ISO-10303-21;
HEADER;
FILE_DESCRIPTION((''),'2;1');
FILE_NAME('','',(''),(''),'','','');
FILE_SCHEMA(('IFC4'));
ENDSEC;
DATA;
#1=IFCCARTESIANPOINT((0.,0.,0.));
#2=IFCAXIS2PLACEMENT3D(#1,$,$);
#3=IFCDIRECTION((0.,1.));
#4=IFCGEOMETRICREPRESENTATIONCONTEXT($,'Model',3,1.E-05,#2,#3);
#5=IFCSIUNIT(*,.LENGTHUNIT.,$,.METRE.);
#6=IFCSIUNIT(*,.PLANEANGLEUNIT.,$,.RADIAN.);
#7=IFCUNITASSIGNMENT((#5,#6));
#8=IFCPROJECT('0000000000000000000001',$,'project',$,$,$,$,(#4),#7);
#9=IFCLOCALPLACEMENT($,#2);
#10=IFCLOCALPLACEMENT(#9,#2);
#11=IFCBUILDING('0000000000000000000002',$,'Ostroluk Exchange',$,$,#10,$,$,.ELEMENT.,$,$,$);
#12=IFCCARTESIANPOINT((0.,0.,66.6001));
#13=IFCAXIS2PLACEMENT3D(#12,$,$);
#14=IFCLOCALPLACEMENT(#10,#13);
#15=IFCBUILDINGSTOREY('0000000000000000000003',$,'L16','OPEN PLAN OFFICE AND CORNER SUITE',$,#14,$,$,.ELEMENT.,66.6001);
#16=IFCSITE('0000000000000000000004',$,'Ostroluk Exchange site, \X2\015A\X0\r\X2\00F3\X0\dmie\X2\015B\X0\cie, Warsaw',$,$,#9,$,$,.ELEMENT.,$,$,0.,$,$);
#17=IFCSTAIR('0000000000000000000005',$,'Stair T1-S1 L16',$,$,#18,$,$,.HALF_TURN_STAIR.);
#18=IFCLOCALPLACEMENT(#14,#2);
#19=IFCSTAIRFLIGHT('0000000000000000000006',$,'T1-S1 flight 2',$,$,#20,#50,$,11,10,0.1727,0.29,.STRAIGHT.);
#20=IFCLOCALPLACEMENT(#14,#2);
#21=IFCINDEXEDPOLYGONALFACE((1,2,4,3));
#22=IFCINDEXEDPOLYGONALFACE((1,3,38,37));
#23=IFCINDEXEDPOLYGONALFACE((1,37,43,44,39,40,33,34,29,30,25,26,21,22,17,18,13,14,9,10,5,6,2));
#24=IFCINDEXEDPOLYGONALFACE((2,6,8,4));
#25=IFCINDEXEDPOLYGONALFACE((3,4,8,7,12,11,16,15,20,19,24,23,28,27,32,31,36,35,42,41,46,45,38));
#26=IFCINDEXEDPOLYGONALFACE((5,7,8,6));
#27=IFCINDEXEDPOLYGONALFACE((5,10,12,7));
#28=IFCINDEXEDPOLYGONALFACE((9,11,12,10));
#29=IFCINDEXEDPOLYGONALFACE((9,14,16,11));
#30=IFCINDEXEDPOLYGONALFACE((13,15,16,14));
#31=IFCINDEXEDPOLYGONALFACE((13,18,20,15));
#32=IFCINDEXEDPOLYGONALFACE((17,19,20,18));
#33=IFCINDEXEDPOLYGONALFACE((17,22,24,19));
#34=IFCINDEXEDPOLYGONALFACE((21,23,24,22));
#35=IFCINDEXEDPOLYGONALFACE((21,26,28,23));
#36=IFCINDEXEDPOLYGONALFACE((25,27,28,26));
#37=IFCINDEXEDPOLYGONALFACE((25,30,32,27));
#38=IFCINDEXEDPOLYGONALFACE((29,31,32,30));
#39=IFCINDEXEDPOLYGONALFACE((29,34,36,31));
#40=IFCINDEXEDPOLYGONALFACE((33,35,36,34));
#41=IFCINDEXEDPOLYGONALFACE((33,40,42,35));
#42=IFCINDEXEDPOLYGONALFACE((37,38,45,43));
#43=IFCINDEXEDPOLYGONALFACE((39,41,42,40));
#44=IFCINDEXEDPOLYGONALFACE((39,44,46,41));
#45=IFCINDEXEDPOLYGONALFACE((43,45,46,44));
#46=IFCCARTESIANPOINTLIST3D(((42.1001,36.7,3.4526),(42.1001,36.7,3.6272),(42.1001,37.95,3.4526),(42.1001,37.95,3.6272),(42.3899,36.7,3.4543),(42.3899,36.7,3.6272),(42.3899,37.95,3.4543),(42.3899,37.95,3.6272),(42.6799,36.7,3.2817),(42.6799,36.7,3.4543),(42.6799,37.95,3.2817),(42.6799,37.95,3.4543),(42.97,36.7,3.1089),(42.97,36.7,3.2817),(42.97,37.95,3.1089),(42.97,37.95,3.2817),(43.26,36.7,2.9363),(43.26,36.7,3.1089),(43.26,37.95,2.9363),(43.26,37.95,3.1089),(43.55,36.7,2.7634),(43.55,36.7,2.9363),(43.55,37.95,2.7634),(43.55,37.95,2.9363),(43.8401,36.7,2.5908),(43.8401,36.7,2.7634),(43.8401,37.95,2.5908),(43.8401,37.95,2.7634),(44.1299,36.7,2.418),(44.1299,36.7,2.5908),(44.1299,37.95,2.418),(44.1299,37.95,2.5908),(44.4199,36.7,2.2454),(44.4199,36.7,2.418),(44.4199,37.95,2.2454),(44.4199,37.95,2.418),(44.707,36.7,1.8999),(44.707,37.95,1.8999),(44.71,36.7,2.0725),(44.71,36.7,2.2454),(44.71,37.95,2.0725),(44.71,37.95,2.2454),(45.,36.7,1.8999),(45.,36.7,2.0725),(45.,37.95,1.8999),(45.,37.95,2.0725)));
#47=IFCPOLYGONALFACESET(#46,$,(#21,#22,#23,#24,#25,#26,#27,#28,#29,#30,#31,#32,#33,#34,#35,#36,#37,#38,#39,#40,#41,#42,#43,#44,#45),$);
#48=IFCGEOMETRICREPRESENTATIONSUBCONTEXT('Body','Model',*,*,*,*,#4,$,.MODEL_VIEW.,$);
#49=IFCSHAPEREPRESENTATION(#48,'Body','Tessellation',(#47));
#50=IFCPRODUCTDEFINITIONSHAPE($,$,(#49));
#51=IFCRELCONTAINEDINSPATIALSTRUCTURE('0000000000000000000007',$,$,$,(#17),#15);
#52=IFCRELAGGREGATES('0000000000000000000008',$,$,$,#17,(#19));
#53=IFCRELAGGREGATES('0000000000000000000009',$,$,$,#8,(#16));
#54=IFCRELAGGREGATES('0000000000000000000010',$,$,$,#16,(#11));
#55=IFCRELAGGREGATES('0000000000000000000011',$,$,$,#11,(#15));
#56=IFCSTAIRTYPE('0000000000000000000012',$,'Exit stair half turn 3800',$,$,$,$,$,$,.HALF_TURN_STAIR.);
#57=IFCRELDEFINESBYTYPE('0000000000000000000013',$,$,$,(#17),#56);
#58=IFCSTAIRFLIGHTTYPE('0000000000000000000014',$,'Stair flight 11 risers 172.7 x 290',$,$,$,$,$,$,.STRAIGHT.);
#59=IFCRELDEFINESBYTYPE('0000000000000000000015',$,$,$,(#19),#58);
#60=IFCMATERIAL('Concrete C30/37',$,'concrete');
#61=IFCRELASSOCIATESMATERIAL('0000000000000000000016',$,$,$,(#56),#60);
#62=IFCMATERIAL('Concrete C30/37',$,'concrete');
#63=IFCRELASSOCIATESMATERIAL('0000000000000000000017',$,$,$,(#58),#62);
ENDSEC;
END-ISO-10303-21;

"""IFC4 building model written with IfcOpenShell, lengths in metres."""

from ifc_helpers import new_model, si_unit, direction, frame, origin, place, context, subcontext, project, spatial, polyline, outline, extrude, material, type_object, element, aggregate, save


model = new_model("IFC4")

# Units and contexts
model_context = context("Model", 3, precision=1e-05, world=origin(), true_north=direction((0.0, 1.0)))
body_context = subcontext(model_context, "Body", "Model", "MODEL_VIEW")
ifc_project = project(units=[si_unit("LENGTHUNIT", "METRE"), si_unit("PLANEANGLEUNIT", "RADIAN")], contexts=[model_context])

# Site, building, storey
site_placement = place(None, origin())
site = spatial("IfcSite", under=ifc_project, at=site_placement, Name="Ostroluk Exchange site, Śródmieście, Warsaw", CompositionType="ELEMENT", RefElevation=0.0)
building_placement = place(site_placement, origin())
building = spatial("IfcBuilding", under=site, at=building_placement, Name="Ostroluk Exchange", CompositionType="ELEMENT")
storey_placement = place(building_placement, frame((0.0, 0.0, 66.6001)))
storey = spatial("IfcBuildingStorey", under=building, at=storey_placement, Name="L16", Description="OPEN PLAN OFFICE AND CORNER SUITE", CompositionType="ELEMENT", Elevation=66.6001)

# Stair, stair flight
ifc_material_1 = material(Name="Concrete C30/37", Category="concrete")
stair_type = type_object("IfcStairType", Name="Exit stair half turn 3800", PredefinedType="HALF_TURN_STAIR", material=ifc_material_1)
stair_placement = place(storey_placement, origin())
stair = element("IfcStair", 1, at=stair_placement, inside=storey, type_object=stair_type, Name="Stair T1-S1 L16", PredefinedType="HALF_TURN_STAIR")
ifc_material_2 = material(Name="Concrete C30/37", Category="concrete")
stair_flight_type = type_object("IfcStairFlightType", Name="Stair flight 11 risers 172.7 x 290", PredefinedType="STRAIGHT", material=ifc_material_2)
stair_flight_1_placement = place(storey_placement, frame((45.0, 37.325, 1.8999), z_axis=(0.0, 0.0, 1.0), x_axis=(-1.0, 0.0, 0.0)))
stair_flight_1 = element("IfcStairFlight", 2, at=stair_flight_1_placement, type_object=stair_flight_type, Name="T1-S1 flight 2", NumberOfRisers=11, NumberOfTreads=10, PredefinedType="STRAIGHT", RiserHeight=0.1727, TreadLength=0.29, context=body_context, shape_type="SweptSolid", body=[
    extrude(outline(polyline([(0.0, 0.0), (0.0, 0.1726), (0.29, 0.1726), (0.29, 0.3455), (0.5801, 0.3455), (0.5801, 0.5181), (0.8701, 0.5181), (0.8701, 0.6909), (1.1599, 0.6909), (1.1599, 0.8635), (1.45, 0.8635), (1.45, 1.0364), (1.74, 1.0364), (1.74, 1.209), (2.03, 1.209), (2.03, 1.3818), (2.3201, 1.3818), (2.3201, 1.5544), (2.6101, 1.5544), (2.6101, 1.7273), (2.8999, 1.7273), (2.8999, 1.8999), (2.8999, 1.5527), (0.293, 0.0), (0.0, 0.0)])), frame((0.0, 0.625, 0.0), z_axis=(0.0, -1.0, 0.0), x_axis=(1.0, 0.0, 0.0)), (0.0, 0.0, 1.0), 1.25),
])
aggregate(stair, [stair_flight_1])

save(model, "model.ifc")
